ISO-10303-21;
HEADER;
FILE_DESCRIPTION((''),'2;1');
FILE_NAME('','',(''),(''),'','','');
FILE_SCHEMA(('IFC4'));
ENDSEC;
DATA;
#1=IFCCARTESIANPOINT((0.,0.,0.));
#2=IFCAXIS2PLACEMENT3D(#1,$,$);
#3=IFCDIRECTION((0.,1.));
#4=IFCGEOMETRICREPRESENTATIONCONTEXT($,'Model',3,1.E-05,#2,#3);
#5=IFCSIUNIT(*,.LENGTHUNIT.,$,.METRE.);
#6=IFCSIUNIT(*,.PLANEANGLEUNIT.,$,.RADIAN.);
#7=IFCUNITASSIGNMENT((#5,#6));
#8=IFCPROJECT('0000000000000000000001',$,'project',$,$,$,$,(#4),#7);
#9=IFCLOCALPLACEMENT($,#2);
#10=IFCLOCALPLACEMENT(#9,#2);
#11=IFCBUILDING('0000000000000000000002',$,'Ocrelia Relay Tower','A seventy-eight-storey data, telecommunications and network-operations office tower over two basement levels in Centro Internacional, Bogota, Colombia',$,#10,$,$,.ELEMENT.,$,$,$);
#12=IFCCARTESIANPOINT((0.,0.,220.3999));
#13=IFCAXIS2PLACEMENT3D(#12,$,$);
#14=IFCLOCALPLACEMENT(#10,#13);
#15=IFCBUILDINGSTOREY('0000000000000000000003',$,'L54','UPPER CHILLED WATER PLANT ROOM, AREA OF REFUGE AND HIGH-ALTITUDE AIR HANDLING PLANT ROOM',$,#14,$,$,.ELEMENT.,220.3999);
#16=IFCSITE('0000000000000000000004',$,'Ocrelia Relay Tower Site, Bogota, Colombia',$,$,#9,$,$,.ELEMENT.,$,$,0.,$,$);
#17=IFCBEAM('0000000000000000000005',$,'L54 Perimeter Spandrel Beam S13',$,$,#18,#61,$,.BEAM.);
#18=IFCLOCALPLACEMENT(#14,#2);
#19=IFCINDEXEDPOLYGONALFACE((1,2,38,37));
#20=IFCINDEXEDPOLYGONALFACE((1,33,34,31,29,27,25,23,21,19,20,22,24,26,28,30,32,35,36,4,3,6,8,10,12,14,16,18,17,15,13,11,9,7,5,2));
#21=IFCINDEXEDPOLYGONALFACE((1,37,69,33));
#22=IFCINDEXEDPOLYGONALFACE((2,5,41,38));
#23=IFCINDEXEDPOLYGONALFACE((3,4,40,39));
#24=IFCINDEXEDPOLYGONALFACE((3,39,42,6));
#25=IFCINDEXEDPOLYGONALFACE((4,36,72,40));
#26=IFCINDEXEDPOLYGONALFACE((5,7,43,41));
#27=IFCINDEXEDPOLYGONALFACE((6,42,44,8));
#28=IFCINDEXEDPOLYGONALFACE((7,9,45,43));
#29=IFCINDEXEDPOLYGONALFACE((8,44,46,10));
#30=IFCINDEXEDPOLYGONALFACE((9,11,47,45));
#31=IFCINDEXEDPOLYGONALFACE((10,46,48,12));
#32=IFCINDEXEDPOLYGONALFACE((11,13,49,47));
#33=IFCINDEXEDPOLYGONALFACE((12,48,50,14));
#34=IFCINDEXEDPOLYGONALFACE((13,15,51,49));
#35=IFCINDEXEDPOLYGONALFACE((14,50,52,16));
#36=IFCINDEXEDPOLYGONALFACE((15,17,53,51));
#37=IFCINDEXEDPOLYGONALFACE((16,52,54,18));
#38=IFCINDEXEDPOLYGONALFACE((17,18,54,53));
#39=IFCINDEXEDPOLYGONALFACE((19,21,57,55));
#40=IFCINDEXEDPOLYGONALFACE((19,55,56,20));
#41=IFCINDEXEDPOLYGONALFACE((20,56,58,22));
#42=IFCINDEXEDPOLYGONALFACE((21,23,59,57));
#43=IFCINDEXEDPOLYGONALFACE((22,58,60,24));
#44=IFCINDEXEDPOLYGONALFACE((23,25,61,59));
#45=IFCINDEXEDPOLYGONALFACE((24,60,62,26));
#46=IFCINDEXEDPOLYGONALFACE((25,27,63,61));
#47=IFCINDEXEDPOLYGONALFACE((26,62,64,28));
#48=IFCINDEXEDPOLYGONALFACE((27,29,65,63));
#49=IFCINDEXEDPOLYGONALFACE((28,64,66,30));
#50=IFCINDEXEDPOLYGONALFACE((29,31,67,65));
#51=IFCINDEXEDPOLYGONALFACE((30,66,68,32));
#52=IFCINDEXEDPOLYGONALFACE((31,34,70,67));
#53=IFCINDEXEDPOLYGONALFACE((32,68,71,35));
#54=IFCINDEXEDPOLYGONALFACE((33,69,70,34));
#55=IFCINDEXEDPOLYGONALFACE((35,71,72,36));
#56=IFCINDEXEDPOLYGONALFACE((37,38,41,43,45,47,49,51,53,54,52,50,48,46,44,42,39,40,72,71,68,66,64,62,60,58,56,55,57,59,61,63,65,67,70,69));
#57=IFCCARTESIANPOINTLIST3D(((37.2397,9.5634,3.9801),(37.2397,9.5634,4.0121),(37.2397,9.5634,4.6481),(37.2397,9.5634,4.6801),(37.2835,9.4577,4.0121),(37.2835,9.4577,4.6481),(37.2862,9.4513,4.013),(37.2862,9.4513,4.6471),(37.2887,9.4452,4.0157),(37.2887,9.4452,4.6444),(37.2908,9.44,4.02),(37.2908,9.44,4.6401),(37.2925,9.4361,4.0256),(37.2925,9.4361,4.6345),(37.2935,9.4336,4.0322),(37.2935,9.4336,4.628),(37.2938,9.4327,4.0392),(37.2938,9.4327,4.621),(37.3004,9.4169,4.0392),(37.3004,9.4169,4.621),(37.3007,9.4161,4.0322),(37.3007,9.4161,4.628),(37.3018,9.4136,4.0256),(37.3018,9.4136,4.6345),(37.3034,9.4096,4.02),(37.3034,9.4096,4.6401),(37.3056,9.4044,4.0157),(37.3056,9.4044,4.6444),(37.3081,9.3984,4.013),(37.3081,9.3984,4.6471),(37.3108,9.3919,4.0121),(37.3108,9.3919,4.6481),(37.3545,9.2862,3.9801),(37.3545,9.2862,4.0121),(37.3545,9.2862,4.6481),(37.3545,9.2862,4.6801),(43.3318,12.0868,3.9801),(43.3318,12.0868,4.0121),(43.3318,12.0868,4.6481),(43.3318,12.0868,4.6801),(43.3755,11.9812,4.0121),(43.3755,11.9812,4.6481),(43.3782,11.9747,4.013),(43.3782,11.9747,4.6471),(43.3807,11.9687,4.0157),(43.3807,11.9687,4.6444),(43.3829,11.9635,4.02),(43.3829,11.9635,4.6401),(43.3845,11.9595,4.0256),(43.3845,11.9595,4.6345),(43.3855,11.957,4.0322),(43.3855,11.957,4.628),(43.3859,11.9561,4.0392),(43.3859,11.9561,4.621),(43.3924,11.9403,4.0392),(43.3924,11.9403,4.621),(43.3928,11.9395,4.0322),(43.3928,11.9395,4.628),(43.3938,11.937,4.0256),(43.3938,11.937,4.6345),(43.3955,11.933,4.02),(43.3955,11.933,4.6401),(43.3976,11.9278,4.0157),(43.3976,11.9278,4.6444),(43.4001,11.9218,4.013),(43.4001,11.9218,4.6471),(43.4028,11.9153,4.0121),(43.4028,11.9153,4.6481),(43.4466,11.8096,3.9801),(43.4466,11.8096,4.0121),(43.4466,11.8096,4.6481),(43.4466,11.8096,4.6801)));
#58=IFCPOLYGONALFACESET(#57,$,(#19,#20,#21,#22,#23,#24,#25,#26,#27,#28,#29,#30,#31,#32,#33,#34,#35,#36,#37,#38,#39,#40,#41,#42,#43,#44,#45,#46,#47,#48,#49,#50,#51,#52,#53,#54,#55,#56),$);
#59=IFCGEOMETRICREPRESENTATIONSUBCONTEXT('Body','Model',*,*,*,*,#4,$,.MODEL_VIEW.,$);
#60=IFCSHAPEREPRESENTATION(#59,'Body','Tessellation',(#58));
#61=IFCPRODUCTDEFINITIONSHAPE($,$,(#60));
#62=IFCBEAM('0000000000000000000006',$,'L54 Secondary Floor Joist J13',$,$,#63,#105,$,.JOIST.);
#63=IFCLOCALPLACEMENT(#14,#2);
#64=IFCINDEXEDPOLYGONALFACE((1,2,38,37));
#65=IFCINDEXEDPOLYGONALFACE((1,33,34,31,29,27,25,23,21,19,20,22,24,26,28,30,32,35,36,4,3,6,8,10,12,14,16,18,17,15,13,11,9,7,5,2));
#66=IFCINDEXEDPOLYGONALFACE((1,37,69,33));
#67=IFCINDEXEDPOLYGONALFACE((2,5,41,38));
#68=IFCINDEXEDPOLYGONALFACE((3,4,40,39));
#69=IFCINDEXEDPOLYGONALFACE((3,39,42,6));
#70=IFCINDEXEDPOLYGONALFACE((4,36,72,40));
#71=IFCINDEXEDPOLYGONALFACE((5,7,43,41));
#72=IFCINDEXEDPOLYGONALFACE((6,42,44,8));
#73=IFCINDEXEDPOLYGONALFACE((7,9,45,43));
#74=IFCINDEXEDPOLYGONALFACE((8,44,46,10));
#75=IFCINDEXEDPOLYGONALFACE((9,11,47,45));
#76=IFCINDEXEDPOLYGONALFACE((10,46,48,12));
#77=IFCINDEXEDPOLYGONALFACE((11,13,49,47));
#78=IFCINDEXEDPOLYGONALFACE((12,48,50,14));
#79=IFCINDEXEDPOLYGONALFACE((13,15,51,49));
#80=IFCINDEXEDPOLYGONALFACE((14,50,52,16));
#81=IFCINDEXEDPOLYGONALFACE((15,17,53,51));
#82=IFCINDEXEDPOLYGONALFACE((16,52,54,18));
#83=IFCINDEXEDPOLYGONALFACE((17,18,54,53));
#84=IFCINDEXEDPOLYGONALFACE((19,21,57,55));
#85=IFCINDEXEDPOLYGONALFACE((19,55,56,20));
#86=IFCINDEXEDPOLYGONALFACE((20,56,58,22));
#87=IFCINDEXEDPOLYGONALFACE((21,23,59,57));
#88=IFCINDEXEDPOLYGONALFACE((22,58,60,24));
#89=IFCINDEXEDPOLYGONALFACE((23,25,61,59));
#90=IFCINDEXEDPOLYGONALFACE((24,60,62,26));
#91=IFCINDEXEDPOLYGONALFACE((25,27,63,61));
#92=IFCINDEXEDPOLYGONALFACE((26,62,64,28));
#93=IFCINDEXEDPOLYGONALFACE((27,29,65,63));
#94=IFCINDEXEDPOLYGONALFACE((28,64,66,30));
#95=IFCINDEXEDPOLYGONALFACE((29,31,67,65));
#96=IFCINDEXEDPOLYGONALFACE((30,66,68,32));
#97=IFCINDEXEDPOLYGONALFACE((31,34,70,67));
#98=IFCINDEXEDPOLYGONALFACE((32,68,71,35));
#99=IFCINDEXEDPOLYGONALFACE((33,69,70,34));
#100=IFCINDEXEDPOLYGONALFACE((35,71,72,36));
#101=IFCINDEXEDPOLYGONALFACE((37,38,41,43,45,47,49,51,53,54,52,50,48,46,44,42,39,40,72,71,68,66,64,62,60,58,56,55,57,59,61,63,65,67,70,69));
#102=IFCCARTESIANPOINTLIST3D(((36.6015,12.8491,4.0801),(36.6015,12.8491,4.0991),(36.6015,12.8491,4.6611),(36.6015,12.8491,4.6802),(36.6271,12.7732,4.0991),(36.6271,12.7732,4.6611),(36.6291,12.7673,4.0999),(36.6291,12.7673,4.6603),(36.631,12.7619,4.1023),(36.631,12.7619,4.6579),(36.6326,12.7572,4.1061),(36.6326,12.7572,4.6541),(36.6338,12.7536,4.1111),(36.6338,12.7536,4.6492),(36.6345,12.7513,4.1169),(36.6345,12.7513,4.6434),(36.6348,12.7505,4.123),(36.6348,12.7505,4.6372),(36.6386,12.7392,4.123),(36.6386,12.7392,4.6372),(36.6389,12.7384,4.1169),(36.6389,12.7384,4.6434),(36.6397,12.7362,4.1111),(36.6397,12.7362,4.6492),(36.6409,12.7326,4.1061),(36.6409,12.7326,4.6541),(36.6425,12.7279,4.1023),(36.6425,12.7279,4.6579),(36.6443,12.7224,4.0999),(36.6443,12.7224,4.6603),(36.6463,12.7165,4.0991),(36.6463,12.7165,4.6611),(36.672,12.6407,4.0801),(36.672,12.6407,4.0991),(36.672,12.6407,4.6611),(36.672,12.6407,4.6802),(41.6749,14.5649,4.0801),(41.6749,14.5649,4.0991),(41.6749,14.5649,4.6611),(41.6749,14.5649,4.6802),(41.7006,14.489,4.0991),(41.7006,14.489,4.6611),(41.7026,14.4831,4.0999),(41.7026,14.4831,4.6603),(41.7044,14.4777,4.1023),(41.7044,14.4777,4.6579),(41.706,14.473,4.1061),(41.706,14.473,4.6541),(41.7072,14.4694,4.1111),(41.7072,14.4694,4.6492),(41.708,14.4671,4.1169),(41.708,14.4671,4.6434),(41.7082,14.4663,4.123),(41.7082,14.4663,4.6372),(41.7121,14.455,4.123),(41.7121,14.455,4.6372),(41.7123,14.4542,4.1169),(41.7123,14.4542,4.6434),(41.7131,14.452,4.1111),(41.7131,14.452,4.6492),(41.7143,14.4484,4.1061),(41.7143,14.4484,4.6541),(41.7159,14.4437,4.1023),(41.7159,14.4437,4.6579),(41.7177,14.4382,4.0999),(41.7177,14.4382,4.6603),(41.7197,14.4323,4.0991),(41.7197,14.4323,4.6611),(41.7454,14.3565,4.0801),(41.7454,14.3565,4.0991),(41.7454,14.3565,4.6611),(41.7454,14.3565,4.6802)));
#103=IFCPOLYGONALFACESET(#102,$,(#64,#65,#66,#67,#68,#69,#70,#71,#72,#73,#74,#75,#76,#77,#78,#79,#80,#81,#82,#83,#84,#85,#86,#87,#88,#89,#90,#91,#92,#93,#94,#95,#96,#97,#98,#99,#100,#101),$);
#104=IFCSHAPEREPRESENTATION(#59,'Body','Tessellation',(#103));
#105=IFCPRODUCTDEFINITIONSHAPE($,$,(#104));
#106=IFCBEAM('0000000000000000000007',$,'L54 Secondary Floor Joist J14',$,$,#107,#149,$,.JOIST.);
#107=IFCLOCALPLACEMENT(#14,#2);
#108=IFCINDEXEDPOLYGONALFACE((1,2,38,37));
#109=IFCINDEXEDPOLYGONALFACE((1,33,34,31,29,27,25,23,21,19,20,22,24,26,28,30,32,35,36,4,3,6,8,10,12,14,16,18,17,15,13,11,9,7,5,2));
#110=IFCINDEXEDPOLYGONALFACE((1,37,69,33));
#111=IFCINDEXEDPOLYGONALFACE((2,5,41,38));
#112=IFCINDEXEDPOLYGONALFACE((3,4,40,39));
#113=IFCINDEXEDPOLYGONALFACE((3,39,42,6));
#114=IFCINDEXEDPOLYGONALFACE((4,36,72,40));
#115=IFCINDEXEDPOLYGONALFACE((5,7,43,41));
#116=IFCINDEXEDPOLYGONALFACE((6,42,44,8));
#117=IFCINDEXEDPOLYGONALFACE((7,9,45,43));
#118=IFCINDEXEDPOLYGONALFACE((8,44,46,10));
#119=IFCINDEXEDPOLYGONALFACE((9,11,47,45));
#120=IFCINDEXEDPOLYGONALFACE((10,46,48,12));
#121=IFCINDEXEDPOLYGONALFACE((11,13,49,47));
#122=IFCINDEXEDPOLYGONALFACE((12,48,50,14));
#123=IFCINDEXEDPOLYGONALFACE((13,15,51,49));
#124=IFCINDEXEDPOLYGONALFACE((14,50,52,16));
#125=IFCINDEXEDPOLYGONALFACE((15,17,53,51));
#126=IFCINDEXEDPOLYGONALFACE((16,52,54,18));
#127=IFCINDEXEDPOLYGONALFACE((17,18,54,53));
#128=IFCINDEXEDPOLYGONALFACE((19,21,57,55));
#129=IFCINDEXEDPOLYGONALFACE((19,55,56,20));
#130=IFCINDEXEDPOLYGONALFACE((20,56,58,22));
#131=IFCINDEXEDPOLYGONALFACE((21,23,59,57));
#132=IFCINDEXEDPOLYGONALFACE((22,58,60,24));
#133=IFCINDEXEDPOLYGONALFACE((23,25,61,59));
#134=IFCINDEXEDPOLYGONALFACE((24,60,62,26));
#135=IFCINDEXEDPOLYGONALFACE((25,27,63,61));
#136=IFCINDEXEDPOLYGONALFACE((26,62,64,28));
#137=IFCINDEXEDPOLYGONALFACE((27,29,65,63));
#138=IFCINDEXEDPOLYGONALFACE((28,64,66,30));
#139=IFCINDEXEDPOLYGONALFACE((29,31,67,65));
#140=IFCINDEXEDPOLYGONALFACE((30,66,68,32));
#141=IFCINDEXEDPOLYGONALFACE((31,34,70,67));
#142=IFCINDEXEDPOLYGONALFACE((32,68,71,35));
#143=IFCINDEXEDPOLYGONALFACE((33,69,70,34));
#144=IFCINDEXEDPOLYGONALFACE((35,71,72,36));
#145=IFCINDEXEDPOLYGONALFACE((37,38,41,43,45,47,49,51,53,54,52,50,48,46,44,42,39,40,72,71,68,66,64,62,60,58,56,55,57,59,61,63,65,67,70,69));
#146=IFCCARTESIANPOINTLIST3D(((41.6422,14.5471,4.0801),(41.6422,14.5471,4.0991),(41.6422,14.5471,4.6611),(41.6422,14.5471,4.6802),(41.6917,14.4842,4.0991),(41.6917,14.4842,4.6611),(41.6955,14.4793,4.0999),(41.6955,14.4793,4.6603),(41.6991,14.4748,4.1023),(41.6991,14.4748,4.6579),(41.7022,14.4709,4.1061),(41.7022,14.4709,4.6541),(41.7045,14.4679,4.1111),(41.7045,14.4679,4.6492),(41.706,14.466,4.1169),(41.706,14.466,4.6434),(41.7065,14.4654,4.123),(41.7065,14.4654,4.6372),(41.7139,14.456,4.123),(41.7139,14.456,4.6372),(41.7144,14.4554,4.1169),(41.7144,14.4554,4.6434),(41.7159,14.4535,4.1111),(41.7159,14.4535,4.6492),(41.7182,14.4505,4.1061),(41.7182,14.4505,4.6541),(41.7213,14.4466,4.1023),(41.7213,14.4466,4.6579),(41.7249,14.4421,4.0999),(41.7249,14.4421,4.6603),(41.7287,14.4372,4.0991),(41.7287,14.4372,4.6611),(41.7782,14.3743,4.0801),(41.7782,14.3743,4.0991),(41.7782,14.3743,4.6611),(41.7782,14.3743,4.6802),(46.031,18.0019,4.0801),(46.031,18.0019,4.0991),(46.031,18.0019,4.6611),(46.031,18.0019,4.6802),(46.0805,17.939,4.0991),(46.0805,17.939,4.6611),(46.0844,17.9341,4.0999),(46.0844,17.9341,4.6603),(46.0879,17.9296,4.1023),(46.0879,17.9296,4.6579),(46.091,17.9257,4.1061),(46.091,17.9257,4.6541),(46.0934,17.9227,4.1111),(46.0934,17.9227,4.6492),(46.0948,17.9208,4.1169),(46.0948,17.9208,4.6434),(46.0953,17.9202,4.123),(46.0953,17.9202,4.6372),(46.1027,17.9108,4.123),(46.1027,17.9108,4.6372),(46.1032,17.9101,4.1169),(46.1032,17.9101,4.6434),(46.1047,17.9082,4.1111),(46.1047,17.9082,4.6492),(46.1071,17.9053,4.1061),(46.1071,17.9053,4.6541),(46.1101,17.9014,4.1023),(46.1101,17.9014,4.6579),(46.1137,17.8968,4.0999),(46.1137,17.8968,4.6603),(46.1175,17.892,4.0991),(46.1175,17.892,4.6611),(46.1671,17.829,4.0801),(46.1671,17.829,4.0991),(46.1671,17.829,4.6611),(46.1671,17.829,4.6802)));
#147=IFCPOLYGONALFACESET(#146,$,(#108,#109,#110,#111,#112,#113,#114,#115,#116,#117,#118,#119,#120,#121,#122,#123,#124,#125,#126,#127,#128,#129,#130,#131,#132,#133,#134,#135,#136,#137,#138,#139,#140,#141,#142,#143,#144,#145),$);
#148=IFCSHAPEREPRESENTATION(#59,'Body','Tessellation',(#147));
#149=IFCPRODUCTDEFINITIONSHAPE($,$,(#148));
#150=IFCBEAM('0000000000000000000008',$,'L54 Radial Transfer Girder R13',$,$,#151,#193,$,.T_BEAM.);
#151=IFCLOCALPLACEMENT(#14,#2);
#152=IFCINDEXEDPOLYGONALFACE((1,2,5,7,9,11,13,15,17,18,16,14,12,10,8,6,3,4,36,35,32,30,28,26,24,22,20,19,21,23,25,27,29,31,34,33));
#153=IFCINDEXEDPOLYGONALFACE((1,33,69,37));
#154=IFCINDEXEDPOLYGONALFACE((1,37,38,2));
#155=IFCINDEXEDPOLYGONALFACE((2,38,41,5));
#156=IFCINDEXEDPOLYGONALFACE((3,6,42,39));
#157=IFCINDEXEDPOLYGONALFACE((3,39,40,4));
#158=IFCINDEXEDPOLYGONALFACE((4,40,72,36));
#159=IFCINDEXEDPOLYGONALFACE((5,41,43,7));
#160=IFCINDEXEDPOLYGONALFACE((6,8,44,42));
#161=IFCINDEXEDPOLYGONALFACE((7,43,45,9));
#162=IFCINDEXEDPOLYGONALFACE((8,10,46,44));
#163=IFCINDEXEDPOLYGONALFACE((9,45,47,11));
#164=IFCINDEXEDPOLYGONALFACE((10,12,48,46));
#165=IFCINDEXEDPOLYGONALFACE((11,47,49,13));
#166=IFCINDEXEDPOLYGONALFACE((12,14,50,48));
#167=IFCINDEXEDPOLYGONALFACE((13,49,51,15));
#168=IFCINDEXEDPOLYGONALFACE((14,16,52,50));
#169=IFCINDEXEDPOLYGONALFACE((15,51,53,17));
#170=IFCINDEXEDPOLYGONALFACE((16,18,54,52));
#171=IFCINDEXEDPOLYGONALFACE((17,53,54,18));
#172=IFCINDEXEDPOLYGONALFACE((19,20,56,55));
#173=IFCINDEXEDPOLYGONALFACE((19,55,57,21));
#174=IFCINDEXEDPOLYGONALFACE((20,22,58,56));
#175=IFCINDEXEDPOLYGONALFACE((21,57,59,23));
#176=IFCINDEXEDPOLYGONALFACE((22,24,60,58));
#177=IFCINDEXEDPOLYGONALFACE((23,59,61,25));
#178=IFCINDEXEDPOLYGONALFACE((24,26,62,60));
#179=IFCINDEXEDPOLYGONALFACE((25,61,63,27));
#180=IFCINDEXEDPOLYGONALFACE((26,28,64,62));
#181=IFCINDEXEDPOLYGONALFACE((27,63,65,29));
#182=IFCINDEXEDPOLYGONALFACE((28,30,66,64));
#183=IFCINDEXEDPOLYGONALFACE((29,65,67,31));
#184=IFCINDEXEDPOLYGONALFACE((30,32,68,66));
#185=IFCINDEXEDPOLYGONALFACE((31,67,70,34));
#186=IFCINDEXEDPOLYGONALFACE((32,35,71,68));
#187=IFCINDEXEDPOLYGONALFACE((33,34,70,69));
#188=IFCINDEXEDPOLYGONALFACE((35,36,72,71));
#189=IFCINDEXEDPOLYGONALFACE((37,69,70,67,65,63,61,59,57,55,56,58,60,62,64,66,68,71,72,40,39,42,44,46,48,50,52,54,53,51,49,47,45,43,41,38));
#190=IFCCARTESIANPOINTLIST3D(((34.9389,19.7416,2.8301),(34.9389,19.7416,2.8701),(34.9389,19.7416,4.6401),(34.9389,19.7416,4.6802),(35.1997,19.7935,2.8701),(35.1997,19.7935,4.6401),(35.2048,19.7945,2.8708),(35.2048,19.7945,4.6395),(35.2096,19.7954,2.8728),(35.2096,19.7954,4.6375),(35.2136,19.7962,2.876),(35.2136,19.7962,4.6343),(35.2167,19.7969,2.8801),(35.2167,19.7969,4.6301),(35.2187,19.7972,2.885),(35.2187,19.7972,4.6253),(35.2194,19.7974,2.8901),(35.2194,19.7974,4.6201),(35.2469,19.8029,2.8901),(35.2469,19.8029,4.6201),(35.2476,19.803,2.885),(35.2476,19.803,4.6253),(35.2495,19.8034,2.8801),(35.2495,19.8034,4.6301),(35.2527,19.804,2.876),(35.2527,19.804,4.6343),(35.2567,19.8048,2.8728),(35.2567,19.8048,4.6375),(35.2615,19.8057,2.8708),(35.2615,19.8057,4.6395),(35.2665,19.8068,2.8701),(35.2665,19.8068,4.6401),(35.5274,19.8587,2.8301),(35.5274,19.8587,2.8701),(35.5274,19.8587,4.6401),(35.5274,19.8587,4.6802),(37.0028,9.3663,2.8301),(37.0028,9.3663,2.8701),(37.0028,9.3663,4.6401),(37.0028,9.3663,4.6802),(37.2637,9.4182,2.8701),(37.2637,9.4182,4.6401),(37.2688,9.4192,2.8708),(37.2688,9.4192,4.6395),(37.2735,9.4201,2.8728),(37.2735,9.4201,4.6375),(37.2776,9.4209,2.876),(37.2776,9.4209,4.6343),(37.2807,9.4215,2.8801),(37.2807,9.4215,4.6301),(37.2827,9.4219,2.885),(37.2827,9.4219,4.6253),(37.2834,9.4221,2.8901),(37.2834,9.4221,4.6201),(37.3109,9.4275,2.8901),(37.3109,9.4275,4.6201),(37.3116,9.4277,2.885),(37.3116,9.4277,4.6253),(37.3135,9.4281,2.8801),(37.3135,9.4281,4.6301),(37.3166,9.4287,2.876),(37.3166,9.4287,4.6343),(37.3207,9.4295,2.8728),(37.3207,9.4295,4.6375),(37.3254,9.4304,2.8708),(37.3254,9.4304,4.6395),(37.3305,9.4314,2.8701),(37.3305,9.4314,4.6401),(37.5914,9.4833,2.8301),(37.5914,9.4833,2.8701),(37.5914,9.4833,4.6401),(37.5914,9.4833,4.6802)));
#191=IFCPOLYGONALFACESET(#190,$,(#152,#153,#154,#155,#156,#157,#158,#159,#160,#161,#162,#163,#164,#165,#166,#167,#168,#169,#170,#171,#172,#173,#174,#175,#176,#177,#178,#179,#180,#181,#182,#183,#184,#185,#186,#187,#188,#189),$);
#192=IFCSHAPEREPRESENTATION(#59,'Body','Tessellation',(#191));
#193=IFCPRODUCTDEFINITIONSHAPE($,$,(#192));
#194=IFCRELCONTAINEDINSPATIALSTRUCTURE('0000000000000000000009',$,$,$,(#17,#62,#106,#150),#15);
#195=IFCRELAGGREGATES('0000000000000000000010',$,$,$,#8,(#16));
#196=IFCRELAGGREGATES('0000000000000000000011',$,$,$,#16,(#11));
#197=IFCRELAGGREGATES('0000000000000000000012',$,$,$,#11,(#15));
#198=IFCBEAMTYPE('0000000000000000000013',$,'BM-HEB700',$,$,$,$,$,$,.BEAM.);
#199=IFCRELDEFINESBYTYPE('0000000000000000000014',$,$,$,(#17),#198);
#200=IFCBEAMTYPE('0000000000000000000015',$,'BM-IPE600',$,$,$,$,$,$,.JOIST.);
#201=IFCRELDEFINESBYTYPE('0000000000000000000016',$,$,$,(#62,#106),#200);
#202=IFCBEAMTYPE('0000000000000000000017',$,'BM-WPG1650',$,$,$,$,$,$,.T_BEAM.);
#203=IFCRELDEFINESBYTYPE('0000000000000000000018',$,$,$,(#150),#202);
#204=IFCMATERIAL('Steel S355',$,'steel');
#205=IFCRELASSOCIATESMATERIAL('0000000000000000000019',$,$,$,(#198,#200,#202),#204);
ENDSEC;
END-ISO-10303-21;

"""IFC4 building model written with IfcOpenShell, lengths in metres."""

from ifc_helpers import new_model, si_unit, direction, frame, origin, origin_2d, place, context, subcontext, project, spatial, i_section, extrude, material, material_profile, profile_set, type_object, element, save


model = new_model("IFC4")

# Units and contexts
model_context = context("Model", 3, precision=1e-05, world=origin(), true_north=direction((0.0, 1.0)))
body_context = subcontext(model_context, "Body", "Model", "MODEL_VIEW")
ifc_project = project(units=[si_unit("LENGTHUNIT", "METRE"), si_unit("PLANEANGLEUNIT", "RADIAN")], contexts=[model_context])

# Site, building, storey
site_placement = place(None, origin())
site = spatial("IfcSite", under=ifc_project, at=site_placement, Name="Ocrelia Relay Tower Site, Bogota, Colombia", CompositionType="ELEMENT", RefElevation=0.0)
building_placement = place(site_placement, origin())
building = spatial("IfcBuilding", under=site, at=building_placement, Name="Ocrelia Relay Tower", Description="A seventy-eight-storey data, telecommunications and network-operations office tower over two basement levels in Centro Internacional, Bogota, Colombia", CompositionType="ELEMENT")
storey_placement = place(building_placement, frame((0.0, 0.0, 220.3999)))
storey = spatial("IfcBuildingStorey", under=building, at=storey_placement, Name="L54", Description="UPPER CHILLED WATER PLANT ROOM, AREA OF REFUGE AND HIGH-ALTITUDE AIR HANDLING PLANT ROOM", CompositionType="ELEMENT", Elevation=220.3999)

# Beams
ifc_material_1 = material(Name="Steel S355", Category="steel")
ifc_material_profile_1 = material_profile(ifc_material_1, i_section(OverallWidth=0.3, OverallDepth=0.7, WebThickness=0.0171, FlangeThickness=0.032, FilletRadius=0.0271, at=origin_2d()), Name="HEB 700")
ifc_profile_set_1 = profile_set([ifc_material_profile_1], Name="Steel S355")
beam_type_1 = type_object("IfcBeamType", Name="BM-HEB700", PredefinedType="BEAM", material=ifc_profile_set_1)
beam_1_placement = place(storey_placement, frame((37.2971, 9.4248, 4.3301), z_axis=(0.923878, 0.382688, 0.0), x_axis=(-0.382688, 0.923878, 0.0)))
element("IfcBeam", 1, at=beam_1_placement, inside=storey, type_object=beam_type_1, Name="L54 Perimeter Spandrel Beam S13", PredefinedType="BEAM", context=body_context, shape_type="SweptSolid", body=[
    extrude(i_section(OverallWidth=0.3, OverallDepth=0.7, WebThickness=0.0171, FlangeThickness=0.032, FilletRadius=0.0271, at=origin_2d()), origin(), (0.0, 0.0, 1.0), 6.594),
])
ifc_material_profile_2 = material_profile(ifc_material_1, i_section(OverallWidth=0.22, OverallDepth=0.6001, WebThickness=0.012, FlangeThickness=0.019, FilletRadius=0.0239, at=origin_2d()), Name="IPE 600")
ifc_profile_set_2 = profile_set([ifc_material_profile_2], Name="Steel S355")
beam_type_2 = type_object("IfcBeamType", Name="BM-IPE600", PredefinedType="JOIST", material=ifc_profile_set_2)
beam_2_placement = place(storey_placement, frame((36.6367, 12.7449, 4.3801), z_axis=(0.947293, 0.320368, 0.0), x_axis=(-0.320368, 0.947293, 0.0)))
element("IfcBeam", 2, at=beam_2_placement, inside=storey, type_object=beam_type_2, Name="L54 Secondary Floor Joist J13", PredefinedType="JOIST", context=body_context, shape_type="SweptSolid", body=[
    extrude(i_section(OverallWidth=0.22, OverallDepth=0.6001, WebThickness=0.012, FlangeThickness=0.019, FilletRadius=0.0239, at=origin_2d()), origin(), (0.0, 0.0, 1.0), 5.3557),
])
beam_3_placement = place(storey_placement, frame((41.7102, 14.4607, 4.3801), z_axis=(0.785761, 0.61853, 0.0), x_axis=(-0.61853, 0.785761, 0.0)))
element("IfcBeam", 3, at=beam_3_placement, inside=storey, type_object=beam_type_2, Name="L54 Secondary Floor Joist J14", PredefinedType="JOIST", context=body_context, shape_type="SweptSolid", body=[
    extrude(i_section(OverallWidth=0.22, OverallDepth=0.6001, WebThickness=0.012, FlangeThickness=0.019, FilletRadius=0.0239, at=origin_2d()), origin(), (0.0, 0.0, 1.0), 5.5854),
])
ifc_material_profile_3 = material_profile(ifc_material_1, i_section(OverallWidth=0.6001, OverallDepth=1.8501, WebThickness=0.0281, FlangeThickness=0.04, FilletRadius=0.02, at=origin_2d()), Name="WPG 1850x600")
ifc_profile_set_3 = profile_set([ifc_material_profile_3], Name="Steel S355")
beam_type_3 = type_object("IfcBeamType", Name="BM-WPG1650", PredefinedType="T_BEAM", material=ifc_profile_set_3)
beam_4_placement = place(storey_placement, frame((37.2971, 9.4248, 3.7551), z_axis=(-0.195109, 0.980782, 0.0), x_axis=(-0.980782, -0.195109, 0.0)))
element("IfcBeam", 4, at=beam_4_placement, inside=storey, type_object=beam_type_3, Name="L54 Radial Transfer Girder R13", PredefinedType="T_BEAM", context=body_context, shape_type="SweptSolid", body=[
    extrude(i_section(OverallWidth=0.6001, OverallDepth=1.8501, WebThickness=0.0281, FlangeThickness=0.04, FilletRadius=0.02, at=origin_2d()), origin(), (0.0, 0.0, 1.0), 10.5786),
])

save(model, "model.ifc")
